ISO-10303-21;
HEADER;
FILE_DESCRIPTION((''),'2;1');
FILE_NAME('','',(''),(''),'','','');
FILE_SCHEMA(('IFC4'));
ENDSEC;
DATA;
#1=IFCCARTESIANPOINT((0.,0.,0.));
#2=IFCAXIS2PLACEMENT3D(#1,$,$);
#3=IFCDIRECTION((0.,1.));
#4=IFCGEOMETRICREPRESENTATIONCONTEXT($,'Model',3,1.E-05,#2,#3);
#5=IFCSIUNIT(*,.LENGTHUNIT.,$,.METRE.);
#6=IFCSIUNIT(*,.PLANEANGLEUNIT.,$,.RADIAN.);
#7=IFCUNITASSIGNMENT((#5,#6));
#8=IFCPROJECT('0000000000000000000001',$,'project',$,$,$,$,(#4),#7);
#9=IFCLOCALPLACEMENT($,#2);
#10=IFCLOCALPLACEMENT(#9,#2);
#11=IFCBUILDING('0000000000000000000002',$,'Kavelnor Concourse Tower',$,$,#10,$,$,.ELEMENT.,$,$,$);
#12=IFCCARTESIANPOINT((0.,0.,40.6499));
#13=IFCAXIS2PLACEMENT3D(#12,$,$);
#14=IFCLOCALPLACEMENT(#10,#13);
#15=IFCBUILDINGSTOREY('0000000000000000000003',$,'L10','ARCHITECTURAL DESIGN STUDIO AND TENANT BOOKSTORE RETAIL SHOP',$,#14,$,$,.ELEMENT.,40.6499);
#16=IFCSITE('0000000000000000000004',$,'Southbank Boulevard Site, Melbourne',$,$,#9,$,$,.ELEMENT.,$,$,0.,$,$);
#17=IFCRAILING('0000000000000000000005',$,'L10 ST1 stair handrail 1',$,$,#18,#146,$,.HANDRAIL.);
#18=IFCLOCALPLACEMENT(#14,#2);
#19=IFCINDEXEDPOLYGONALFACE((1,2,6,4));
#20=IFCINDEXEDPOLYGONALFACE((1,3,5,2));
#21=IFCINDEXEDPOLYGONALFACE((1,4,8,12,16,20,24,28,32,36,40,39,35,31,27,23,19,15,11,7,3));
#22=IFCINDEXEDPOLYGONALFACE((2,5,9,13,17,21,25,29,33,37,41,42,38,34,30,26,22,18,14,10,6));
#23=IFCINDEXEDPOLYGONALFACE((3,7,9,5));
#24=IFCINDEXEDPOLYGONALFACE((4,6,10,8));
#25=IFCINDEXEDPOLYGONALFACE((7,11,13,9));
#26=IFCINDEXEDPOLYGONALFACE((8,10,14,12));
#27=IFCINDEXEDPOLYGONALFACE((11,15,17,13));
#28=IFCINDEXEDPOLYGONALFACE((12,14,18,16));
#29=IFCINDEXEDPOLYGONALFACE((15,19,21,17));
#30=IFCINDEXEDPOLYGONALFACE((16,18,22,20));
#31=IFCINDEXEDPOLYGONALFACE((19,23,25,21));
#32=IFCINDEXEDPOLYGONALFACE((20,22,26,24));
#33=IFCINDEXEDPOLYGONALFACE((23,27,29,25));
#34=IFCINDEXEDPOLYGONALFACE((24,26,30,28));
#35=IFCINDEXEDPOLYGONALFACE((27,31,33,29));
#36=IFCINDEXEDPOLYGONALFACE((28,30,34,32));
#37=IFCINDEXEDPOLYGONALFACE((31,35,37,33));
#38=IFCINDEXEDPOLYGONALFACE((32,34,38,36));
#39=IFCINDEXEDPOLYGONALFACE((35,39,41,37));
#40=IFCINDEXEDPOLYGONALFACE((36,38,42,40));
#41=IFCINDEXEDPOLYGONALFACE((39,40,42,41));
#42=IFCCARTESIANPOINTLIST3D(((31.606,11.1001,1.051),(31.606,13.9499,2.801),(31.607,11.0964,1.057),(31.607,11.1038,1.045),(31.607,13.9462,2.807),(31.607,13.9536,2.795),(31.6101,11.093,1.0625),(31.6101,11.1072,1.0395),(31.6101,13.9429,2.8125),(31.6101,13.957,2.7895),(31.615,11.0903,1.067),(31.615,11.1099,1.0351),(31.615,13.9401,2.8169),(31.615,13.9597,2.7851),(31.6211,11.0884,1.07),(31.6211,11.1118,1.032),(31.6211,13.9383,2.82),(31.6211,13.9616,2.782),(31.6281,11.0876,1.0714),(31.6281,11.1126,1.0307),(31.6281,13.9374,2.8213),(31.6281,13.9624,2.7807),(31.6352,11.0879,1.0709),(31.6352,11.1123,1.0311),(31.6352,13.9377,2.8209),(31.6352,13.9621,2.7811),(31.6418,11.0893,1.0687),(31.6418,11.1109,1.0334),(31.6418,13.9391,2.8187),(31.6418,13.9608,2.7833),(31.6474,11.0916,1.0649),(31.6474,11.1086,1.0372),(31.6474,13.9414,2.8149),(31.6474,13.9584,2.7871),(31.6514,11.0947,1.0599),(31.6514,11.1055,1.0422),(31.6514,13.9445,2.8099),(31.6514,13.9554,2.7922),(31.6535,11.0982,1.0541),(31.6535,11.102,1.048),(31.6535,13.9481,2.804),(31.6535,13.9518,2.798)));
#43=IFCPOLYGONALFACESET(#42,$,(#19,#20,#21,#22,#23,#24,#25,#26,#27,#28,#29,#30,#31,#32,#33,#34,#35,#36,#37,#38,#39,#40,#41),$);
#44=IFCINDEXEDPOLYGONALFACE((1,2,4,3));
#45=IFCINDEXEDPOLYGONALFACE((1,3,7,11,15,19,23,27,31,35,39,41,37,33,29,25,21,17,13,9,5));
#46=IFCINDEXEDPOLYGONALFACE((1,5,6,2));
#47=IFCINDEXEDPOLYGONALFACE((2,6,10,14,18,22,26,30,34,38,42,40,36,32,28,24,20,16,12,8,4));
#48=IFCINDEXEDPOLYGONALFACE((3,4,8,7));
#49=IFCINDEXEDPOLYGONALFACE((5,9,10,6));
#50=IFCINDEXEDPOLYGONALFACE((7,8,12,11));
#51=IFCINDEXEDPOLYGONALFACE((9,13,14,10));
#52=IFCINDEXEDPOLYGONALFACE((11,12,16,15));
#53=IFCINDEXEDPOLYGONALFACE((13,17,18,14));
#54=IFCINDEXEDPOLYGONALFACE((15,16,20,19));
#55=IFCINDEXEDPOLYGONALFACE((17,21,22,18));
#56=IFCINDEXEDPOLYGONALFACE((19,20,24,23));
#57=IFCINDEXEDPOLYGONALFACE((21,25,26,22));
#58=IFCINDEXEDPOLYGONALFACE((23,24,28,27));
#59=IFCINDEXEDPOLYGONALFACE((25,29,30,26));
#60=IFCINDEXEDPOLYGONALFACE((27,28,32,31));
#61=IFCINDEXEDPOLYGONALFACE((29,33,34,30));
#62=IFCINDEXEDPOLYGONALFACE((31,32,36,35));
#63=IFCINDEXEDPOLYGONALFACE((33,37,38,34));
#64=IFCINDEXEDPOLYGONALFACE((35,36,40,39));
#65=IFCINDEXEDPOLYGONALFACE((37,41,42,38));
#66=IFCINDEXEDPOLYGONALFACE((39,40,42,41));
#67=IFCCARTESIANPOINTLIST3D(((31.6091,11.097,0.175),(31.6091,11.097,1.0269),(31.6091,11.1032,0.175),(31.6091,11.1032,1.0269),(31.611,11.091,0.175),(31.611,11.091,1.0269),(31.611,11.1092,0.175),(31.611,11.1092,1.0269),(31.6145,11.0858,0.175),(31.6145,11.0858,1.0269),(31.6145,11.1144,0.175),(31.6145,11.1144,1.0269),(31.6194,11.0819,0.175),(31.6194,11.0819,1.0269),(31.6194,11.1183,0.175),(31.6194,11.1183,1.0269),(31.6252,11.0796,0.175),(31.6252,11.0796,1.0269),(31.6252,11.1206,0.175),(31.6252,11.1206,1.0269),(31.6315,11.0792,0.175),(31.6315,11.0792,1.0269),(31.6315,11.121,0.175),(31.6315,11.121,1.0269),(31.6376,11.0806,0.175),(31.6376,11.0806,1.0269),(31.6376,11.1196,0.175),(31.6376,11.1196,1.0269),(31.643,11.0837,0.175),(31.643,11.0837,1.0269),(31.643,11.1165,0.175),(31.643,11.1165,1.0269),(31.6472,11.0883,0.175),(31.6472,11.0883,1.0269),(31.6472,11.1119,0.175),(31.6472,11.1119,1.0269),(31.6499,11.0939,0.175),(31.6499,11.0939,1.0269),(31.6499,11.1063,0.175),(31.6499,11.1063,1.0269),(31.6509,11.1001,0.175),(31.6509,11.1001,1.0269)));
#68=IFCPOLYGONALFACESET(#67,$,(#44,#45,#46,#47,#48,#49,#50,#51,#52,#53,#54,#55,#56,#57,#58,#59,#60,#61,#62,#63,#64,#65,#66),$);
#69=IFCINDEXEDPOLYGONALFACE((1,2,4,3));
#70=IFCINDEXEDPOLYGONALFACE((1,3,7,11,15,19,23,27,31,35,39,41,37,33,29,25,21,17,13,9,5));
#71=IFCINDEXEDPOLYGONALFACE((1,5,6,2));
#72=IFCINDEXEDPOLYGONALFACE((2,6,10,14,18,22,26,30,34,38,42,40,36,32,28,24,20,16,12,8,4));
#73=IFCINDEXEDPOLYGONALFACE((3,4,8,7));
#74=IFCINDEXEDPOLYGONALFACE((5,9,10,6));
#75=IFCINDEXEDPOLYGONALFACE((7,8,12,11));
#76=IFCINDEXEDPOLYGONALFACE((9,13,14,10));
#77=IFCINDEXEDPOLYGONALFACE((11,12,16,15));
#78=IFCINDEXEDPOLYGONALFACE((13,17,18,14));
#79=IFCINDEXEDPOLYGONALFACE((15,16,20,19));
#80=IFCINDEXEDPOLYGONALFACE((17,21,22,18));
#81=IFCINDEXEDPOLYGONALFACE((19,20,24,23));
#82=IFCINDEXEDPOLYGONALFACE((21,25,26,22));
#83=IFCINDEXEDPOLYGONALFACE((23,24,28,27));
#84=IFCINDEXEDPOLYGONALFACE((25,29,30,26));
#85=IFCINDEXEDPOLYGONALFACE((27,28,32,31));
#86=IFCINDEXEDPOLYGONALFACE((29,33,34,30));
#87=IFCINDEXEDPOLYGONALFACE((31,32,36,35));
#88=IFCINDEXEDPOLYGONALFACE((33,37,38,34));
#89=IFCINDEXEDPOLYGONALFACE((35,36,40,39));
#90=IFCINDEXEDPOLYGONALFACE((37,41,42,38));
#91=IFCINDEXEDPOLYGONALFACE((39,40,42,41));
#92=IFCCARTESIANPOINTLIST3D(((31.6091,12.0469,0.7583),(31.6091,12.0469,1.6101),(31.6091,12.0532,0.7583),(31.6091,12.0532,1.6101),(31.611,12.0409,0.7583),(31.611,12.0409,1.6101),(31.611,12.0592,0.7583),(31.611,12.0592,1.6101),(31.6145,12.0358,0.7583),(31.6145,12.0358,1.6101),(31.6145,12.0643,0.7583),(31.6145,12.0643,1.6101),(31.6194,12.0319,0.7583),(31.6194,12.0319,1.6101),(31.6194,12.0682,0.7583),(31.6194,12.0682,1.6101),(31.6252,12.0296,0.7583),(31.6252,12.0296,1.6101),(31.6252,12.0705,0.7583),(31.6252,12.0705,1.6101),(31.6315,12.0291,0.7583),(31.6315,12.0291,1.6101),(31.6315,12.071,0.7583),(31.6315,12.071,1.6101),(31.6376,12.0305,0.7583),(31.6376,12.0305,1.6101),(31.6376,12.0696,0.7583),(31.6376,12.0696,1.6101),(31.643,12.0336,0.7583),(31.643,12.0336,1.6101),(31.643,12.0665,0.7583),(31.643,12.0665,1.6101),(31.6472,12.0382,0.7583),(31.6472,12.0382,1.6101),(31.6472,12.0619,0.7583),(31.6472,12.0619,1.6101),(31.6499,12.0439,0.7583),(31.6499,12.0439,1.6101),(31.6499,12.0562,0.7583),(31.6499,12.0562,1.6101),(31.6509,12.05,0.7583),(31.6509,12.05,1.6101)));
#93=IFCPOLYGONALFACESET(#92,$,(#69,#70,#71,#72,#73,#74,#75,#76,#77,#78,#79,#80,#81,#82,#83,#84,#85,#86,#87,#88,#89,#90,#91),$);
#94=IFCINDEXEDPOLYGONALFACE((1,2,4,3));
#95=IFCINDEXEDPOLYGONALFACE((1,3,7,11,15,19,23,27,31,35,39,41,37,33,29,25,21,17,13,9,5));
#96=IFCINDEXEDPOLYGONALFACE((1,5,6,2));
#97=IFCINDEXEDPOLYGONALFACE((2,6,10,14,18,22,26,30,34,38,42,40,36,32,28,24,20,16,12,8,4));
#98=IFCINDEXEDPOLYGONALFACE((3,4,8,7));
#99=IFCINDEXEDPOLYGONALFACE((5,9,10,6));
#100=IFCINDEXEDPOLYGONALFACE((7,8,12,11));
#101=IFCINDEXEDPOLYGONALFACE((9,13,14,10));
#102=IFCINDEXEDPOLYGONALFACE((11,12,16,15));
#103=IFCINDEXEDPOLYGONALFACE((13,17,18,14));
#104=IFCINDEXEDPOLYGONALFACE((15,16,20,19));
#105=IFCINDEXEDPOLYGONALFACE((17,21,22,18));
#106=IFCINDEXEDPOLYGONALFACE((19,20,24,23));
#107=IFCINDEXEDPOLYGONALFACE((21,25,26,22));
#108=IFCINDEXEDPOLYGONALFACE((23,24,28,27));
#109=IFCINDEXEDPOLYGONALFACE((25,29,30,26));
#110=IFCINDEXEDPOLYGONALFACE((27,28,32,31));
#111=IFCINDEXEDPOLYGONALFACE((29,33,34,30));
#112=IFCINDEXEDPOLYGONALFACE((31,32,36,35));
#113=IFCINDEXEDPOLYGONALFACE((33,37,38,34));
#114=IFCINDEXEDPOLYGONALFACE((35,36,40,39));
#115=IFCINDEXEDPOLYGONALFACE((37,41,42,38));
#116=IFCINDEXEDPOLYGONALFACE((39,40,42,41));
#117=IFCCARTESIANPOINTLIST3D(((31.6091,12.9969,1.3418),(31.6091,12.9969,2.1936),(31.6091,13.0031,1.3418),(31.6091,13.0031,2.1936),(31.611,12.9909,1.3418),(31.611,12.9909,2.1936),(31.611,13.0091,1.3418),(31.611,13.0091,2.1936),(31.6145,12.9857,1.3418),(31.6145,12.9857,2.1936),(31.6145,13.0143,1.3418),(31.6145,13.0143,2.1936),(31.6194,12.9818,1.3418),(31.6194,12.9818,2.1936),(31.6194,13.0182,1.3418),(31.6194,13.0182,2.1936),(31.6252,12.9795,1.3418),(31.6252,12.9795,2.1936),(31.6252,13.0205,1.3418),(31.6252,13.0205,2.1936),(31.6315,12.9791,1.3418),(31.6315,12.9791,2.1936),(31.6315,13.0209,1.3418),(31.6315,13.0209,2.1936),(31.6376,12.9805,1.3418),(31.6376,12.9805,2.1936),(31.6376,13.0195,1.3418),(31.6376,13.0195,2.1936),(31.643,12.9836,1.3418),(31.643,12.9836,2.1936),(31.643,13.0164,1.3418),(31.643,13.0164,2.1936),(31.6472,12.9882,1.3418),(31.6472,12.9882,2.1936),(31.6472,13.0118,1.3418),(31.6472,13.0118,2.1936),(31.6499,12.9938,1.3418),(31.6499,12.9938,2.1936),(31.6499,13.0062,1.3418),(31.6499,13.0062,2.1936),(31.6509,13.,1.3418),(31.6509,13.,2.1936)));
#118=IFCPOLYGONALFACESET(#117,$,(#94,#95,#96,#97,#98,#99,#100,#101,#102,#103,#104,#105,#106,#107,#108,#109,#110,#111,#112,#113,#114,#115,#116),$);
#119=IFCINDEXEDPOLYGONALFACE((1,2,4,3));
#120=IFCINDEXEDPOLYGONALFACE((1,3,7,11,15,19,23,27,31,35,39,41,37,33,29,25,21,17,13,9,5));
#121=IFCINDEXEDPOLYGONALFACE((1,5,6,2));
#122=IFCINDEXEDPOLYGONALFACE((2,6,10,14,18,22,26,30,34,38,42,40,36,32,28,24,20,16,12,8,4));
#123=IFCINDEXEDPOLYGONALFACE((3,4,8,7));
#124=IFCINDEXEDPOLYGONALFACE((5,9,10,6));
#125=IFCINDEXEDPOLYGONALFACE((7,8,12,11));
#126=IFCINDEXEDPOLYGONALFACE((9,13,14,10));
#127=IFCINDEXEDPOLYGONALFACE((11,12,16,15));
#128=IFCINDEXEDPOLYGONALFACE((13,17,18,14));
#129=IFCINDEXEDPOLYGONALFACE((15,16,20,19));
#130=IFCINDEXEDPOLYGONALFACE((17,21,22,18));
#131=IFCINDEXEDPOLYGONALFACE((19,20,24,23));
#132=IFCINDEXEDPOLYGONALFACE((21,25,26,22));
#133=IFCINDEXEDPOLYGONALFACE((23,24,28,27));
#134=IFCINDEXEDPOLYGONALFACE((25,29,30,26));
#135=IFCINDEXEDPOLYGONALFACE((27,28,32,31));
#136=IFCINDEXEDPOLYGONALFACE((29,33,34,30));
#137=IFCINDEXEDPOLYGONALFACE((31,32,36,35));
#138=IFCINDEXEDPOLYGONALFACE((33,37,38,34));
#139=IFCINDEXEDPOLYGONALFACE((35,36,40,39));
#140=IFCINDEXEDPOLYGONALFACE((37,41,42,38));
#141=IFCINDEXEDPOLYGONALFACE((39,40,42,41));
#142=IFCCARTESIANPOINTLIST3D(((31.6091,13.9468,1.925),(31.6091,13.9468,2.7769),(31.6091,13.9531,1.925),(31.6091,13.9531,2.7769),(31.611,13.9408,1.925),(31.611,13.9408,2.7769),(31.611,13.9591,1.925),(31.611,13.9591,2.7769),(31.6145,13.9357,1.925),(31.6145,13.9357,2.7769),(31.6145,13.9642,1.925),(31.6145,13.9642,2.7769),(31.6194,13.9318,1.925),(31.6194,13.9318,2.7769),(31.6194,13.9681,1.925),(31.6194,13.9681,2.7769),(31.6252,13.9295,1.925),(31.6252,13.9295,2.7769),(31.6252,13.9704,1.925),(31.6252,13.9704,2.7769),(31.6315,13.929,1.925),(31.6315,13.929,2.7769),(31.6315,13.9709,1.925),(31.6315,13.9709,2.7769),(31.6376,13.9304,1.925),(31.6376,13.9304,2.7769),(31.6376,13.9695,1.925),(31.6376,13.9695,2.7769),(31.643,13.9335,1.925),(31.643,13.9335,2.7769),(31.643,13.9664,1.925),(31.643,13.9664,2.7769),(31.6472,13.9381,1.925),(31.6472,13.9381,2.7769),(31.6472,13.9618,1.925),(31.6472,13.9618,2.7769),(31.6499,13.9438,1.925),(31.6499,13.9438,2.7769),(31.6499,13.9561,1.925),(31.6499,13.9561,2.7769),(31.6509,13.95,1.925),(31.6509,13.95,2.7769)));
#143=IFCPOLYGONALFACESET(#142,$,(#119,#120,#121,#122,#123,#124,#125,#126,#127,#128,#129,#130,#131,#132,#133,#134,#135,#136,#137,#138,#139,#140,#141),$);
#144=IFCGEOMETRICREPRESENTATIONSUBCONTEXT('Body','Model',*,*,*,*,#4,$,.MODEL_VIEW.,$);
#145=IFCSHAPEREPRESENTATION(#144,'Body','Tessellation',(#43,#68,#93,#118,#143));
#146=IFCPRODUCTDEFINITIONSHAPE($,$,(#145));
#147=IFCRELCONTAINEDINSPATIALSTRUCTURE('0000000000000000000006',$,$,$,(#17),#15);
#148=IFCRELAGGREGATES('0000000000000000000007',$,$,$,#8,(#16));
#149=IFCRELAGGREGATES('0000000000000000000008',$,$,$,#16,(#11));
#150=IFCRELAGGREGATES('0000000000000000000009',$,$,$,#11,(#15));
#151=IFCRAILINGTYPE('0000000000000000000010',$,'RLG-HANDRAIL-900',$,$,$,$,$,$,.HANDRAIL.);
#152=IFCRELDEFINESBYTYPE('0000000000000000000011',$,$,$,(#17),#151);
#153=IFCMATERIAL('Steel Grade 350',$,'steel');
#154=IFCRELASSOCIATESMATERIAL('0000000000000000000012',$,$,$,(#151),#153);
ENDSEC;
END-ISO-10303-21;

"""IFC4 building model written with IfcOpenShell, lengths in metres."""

from ifc_helpers import new_model, si_unit, direction, frame, origin, origin_2d, place, context, subcontext, project, spatial, circle, extrude, material, type_object, element, save


model = new_model("IFC4")

# Units and contexts
model_context = context("Model", 3, precision=1e-05, world=origin(), true_north=direction((0.0, 1.0)))
body_context = subcontext(model_context, "Body", "Model", "MODEL_VIEW")
ifc_project = project(units=[si_unit("LENGTHUNIT", "METRE"), si_unit("PLANEANGLEUNIT", "RADIAN")], contexts=[model_context])

# Site, building, storey
site_placement = place(None, origin())
site = spatial("IfcSite", under=ifc_project, at=site_placement, Name="Southbank Boulevard Site, Melbourne", CompositionType="ELEMENT", RefElevation=0.0)
building_placement = place(site_placement, origin())
building = spatial("IfcBuilding", under=site, at=building_placement, Name="Kavelnor Concourse Tower", CompositionType="ELEMENT")
storey_placement = place(building_placement, frame((0.0, 0.0, 40.6499)))
storey = spatial("IfcBuildingStorey", under=building, at=storey_placement, Name="L10", Description="ARCHITECTURAL DESIGN STUDIO AND TENANT BOOKSTORE RETAIL SHOP", CompositionType="ELEMENT", Elevation=40.6499)

# Shared definitions
ifc_material_1 = material(Name="Steel Grade 350", Category="steel")

# Railing
railing_type_1 = type_object("IfcRailingType", Name="RLG-HANDRAIL-900", PredefinedType="HANDRAIL", material=ifc_material_1)
railing_1_placement = place(storey_placement, frame((31.6299, 11.1001, 0.175)))
element("IfcRailing", 1, at=railing_1_placement, inside=storey, type_object=railing_type_1, Name="L10 ST1 stair handrail 1", PredefinedType="HANDRAIL", context=body_context, shape_type="SweptSolid", body=[
    extrude(circle(Radius=0.0239, at=origin_2d()), frame((0.0, 0.0, 0.876), z_axis=(0.0, 0.852159, 0.523283), x_axis=(-1.0, 0.0, 0.0)), (0.0, 0.0, 1.0), 3.3442),
    extrude(circle(Radius=0.021, at=origin_2d()), origin(), (0.0, 0.0, 1.0), 0.8518),
    extrude(circle(Radius=0.021, at=origin_2d()), frame((0.0, 0.95, 0.5833)), (0.0, 0.0, 1.0), 0.8518),
    extrude(circle(Radius=0.021, at=origin_2d()), frame((0.0, 1.8999, 1.1667)), (0.0, 0.0, 1.0), 0.8518),
    extrude(circle(Radius=0.021, at=origin_2d()), frame((0.0, 2.8499, 1.75)), (0.0, 0.0, 1.0), 0.8518),
])

save(model, "model.ifc")
